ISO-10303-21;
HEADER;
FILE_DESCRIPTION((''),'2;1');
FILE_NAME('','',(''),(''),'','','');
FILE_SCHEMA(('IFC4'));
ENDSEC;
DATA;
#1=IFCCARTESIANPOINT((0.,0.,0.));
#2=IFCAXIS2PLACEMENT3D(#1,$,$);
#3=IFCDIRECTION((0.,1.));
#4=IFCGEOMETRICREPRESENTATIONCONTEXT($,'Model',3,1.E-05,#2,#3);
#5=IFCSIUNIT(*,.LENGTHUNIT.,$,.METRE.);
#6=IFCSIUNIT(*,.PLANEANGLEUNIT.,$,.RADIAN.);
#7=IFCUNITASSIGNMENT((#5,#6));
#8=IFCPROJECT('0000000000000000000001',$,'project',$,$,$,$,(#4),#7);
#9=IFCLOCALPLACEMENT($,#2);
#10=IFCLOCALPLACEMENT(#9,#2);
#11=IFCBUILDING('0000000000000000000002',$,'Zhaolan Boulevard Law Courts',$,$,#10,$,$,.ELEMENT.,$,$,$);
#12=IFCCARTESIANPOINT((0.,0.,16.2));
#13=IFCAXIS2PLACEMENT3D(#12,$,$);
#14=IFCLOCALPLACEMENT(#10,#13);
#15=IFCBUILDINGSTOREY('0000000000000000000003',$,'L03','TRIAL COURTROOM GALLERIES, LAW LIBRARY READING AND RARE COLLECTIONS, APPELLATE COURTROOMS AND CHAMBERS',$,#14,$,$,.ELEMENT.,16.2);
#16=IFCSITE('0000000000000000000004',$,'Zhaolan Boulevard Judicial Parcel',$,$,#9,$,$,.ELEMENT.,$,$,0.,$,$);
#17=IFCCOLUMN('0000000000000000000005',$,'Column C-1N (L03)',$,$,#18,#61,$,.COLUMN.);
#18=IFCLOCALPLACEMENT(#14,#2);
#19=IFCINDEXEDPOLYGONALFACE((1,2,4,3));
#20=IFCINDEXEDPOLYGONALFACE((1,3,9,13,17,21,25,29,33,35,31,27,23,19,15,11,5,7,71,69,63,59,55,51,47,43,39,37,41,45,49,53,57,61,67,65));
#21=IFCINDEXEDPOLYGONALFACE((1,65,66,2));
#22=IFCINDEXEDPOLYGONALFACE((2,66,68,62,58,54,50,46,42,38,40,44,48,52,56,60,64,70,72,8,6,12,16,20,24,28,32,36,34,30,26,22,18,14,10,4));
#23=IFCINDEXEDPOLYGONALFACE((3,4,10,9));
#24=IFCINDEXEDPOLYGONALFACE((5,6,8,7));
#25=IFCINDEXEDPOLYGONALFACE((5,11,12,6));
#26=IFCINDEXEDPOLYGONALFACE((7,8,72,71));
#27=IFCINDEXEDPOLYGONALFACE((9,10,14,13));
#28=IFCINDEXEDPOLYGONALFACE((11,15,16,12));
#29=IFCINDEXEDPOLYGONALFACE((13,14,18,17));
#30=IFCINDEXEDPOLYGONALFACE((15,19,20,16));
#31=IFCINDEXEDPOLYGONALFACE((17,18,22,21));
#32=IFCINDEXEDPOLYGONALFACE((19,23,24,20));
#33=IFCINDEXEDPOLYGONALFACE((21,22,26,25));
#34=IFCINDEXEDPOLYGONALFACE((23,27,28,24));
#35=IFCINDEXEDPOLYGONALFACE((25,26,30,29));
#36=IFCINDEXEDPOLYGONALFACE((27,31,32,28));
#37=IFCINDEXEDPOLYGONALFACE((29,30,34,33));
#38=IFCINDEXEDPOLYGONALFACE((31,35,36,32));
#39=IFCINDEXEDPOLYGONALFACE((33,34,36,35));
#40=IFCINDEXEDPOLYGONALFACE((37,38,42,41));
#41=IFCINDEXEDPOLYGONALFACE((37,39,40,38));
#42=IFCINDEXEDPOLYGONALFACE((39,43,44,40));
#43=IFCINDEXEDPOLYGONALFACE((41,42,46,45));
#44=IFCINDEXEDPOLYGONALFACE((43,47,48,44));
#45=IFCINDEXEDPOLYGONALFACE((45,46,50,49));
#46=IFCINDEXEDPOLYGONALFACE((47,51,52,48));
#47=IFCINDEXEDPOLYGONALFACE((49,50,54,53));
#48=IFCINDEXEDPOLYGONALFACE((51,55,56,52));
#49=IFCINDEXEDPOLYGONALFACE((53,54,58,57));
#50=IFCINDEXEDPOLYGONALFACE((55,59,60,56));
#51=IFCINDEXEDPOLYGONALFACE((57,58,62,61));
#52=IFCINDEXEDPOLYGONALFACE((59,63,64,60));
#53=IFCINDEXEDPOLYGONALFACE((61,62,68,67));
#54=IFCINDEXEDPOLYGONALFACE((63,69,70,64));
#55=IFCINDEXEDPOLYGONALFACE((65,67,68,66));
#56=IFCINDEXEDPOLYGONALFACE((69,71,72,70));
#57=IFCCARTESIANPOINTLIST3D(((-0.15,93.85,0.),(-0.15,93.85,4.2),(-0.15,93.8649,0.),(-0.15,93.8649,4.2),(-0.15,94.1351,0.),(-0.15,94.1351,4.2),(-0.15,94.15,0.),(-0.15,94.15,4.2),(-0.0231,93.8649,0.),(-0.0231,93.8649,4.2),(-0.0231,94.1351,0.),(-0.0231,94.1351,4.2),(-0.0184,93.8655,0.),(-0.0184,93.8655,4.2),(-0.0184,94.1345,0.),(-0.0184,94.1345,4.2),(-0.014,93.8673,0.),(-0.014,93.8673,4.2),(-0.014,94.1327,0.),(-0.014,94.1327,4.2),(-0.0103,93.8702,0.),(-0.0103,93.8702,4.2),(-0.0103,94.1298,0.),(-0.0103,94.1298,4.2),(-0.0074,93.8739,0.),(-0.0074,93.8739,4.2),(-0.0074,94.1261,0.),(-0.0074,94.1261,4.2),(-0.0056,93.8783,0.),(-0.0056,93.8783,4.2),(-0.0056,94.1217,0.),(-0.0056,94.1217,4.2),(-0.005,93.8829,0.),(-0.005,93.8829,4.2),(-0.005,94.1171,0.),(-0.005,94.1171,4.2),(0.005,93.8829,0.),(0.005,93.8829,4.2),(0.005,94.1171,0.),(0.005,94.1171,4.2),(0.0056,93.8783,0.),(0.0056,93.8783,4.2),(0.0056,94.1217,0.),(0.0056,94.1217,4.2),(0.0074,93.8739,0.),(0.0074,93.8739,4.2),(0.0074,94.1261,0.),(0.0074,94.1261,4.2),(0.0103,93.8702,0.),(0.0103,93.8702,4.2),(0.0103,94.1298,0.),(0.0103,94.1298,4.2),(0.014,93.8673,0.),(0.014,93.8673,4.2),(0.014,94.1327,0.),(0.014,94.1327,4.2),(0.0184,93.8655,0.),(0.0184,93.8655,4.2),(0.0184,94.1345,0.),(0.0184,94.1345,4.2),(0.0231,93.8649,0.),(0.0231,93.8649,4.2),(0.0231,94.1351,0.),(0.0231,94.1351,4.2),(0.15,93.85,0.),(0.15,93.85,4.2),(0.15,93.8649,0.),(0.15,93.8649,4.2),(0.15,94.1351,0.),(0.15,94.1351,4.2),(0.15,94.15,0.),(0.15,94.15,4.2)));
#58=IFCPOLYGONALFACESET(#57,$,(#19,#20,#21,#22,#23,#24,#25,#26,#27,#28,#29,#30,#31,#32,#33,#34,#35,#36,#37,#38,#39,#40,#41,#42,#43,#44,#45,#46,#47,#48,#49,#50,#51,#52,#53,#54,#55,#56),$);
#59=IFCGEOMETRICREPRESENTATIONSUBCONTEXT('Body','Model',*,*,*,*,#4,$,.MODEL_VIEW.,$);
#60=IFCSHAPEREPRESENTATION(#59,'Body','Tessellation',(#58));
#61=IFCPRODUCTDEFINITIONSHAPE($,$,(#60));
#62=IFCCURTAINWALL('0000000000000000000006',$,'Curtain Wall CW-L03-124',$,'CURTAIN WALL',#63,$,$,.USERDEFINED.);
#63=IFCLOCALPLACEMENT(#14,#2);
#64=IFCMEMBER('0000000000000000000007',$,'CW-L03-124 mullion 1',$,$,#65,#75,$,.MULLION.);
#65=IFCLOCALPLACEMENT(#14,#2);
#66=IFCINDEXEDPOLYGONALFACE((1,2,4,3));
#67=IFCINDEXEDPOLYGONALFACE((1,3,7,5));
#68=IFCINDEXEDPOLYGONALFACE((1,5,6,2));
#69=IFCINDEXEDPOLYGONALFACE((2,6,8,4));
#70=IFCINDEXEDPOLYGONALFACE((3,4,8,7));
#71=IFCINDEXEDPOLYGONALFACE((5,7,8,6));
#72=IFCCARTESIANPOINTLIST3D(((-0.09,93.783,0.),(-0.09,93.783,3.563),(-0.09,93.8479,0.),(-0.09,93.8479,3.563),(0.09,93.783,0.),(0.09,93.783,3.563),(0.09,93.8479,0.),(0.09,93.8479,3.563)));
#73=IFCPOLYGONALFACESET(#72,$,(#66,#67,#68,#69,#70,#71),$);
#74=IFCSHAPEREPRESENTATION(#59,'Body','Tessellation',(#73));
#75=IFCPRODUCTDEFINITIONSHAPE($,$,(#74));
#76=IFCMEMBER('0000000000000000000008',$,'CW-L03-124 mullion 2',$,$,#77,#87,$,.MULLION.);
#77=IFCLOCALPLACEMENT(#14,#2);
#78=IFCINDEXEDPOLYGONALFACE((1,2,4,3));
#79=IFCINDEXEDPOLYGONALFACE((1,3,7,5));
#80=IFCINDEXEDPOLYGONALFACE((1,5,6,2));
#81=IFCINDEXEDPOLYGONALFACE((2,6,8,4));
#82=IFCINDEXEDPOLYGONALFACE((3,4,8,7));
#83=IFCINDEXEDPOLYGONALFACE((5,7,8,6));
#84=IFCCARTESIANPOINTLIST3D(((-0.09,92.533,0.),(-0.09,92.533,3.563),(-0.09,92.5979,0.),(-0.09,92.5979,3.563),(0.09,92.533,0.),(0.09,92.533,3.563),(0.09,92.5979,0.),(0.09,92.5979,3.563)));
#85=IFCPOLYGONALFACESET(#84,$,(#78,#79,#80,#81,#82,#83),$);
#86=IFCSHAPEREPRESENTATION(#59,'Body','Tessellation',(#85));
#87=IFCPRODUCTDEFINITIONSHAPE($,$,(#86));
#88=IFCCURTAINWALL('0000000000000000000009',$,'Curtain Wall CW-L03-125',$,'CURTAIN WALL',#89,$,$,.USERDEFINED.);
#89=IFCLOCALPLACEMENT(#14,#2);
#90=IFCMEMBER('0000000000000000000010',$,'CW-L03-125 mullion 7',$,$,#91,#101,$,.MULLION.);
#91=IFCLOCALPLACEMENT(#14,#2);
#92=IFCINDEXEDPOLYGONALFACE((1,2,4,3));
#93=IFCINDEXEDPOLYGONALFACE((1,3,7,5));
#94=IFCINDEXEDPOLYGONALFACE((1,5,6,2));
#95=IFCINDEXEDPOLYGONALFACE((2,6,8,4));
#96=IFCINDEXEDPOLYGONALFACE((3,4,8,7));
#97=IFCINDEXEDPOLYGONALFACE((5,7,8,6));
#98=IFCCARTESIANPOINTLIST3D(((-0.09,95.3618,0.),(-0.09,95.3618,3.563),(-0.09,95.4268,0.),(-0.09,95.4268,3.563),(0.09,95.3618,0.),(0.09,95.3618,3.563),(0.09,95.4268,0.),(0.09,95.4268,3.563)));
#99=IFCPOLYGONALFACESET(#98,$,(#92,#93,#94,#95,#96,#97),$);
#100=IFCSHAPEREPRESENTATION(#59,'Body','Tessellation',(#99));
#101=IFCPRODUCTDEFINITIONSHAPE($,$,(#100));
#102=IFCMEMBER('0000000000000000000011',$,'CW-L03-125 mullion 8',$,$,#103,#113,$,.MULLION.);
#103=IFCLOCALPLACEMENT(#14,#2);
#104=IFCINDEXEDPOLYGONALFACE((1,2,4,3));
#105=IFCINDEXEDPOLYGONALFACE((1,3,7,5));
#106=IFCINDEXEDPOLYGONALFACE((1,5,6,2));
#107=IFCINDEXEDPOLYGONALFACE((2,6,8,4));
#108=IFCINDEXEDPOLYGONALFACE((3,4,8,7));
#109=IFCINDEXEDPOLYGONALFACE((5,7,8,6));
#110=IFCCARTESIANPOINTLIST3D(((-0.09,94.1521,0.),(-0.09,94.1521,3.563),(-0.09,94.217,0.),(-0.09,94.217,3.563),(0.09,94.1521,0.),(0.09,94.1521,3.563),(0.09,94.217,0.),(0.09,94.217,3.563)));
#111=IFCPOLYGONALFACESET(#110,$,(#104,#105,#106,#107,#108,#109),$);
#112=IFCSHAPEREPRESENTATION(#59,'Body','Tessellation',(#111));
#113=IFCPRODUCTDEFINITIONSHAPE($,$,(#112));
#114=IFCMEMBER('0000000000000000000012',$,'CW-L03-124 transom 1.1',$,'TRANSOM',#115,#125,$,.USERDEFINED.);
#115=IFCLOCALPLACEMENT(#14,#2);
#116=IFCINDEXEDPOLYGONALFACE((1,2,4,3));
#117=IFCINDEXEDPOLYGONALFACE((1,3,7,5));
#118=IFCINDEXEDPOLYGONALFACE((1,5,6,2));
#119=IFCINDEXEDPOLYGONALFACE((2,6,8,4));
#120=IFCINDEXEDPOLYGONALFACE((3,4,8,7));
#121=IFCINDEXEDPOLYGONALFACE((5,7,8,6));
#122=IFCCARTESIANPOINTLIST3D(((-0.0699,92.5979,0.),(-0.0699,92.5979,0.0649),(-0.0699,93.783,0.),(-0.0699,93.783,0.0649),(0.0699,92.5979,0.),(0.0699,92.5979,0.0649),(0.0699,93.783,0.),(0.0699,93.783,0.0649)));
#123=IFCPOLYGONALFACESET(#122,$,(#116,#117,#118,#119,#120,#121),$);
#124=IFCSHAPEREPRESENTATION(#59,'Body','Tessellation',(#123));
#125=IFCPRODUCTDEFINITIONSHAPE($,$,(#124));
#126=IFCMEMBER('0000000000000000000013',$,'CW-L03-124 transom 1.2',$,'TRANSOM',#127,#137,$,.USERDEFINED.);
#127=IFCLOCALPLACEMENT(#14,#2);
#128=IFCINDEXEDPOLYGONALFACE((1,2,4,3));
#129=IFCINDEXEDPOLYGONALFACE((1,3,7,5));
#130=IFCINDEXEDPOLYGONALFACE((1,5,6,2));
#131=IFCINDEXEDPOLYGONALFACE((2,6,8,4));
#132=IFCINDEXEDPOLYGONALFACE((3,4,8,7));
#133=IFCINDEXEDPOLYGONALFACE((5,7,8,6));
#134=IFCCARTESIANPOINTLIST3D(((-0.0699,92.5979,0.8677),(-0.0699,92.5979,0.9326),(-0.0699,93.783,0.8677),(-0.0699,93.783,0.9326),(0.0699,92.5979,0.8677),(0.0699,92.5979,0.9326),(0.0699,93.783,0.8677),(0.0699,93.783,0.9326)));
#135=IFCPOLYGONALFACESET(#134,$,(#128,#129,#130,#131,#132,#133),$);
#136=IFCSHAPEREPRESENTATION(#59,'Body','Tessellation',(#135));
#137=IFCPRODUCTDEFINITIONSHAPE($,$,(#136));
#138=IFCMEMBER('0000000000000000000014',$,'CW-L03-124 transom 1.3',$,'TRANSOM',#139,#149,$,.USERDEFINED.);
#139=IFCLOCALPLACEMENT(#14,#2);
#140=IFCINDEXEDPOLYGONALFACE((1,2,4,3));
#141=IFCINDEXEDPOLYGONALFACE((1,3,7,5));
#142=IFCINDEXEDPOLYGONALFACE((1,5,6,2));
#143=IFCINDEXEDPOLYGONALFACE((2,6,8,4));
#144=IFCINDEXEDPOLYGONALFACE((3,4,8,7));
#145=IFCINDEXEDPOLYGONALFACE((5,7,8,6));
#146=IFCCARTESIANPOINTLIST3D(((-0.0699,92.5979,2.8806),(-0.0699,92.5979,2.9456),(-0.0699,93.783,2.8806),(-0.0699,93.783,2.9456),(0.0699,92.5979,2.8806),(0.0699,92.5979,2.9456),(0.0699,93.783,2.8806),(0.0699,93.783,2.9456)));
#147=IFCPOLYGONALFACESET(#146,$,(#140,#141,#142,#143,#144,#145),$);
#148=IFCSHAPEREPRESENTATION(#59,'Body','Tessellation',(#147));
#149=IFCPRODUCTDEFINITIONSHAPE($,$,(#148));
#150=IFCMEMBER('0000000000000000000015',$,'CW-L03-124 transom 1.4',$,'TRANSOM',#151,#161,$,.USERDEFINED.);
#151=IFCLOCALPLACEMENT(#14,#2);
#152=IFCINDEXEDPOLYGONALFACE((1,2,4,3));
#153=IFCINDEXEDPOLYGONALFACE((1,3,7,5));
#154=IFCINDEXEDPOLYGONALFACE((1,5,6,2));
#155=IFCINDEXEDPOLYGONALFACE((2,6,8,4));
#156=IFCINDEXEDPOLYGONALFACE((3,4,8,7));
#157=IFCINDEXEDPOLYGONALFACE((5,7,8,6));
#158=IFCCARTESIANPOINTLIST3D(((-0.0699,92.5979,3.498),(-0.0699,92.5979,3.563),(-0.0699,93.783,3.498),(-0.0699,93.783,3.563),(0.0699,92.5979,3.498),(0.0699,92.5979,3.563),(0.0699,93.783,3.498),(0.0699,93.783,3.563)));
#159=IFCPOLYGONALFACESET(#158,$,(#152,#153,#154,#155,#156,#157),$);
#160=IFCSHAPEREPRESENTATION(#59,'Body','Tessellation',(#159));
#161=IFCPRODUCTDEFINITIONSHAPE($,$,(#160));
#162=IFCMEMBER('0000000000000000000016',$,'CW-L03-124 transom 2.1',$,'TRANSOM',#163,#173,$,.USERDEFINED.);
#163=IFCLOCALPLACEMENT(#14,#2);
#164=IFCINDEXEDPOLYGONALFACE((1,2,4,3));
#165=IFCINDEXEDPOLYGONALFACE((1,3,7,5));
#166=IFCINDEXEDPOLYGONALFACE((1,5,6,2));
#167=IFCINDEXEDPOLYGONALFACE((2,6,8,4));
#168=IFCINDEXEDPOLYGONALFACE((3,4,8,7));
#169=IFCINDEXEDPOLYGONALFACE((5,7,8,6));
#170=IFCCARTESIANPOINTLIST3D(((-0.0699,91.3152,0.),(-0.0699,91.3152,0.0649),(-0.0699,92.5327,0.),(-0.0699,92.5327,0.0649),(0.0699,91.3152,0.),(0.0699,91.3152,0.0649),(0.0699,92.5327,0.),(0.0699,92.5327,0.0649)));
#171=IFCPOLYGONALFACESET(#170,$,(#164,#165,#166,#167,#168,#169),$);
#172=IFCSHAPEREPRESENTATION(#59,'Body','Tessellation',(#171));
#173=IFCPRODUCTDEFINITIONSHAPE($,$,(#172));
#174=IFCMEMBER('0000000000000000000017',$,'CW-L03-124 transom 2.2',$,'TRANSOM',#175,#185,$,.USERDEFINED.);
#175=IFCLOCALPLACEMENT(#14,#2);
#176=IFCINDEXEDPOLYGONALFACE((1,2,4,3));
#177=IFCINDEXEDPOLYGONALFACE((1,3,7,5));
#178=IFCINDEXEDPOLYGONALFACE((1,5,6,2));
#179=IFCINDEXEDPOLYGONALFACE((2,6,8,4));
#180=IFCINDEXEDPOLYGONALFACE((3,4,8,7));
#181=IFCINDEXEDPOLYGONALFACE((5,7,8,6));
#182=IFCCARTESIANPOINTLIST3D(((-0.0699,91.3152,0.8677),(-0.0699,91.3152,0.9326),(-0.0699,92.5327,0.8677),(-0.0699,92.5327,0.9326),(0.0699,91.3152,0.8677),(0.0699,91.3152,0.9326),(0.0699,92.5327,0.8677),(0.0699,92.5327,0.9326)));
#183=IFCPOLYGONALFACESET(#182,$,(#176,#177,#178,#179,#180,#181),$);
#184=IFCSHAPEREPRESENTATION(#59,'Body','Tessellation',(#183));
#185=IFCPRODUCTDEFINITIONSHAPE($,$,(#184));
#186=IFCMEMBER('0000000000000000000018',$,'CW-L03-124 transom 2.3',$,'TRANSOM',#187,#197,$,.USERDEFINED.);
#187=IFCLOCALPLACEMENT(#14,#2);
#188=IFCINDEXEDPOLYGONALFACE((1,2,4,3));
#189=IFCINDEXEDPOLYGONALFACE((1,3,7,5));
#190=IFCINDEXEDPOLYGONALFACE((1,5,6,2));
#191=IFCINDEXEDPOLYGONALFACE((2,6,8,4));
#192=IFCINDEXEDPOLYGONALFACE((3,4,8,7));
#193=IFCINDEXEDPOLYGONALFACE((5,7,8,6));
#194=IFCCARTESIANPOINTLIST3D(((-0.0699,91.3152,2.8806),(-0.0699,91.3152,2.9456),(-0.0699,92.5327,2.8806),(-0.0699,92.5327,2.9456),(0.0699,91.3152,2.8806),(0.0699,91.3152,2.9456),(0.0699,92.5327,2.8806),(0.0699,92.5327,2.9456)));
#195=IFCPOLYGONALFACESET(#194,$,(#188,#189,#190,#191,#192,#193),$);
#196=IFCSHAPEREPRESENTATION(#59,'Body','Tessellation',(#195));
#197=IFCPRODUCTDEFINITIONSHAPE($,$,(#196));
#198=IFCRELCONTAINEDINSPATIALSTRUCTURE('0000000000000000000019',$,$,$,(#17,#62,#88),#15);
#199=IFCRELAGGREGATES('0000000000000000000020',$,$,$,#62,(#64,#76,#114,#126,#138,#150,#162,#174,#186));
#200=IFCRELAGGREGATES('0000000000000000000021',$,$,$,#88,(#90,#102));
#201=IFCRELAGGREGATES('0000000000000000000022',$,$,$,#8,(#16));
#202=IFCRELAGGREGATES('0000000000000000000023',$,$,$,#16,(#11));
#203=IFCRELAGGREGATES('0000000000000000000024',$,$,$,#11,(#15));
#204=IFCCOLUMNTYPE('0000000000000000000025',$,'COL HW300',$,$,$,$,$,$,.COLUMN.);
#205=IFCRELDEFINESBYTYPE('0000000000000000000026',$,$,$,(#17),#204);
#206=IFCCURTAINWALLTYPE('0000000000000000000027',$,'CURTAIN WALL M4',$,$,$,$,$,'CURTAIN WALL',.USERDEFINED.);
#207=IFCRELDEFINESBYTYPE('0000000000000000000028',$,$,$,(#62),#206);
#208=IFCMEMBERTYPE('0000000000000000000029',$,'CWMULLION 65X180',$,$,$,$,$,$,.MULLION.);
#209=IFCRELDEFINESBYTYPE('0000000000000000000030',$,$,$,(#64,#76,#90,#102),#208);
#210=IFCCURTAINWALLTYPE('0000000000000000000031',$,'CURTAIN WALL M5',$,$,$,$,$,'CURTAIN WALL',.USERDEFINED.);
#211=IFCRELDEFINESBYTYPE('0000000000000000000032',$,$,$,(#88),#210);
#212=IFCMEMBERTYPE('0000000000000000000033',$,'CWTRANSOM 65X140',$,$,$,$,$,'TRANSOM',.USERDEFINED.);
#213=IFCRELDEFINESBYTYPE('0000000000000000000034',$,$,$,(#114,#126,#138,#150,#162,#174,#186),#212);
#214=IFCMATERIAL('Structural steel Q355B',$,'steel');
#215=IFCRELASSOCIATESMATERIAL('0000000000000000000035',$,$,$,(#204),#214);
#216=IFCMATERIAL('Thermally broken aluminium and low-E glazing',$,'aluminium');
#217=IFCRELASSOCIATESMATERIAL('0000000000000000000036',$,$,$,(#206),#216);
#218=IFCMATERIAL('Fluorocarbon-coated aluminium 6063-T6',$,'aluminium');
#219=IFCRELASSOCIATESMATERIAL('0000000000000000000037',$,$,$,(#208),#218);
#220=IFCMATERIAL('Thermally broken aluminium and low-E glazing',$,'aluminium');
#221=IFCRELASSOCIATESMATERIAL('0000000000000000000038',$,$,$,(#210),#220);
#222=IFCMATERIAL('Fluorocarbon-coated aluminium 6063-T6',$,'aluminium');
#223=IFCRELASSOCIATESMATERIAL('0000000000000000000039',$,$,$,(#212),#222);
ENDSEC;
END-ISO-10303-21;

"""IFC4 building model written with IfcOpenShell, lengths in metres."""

from ifc_helpers import new_model, si_unit, direction, frame, origin, origin_2d, place, context, subcontext, project, spatial, rectangle, i_section, extrude, material, material_profile, profile_set, type_object, element, aggregate, save


model = new_model("IFC4")

# Units and contexts
model_context = context("Model", 3, precision=1e-05, world=origin(), true_north=direction((0.0, 1.0)))
body_context = subcontext(model_context, "Body", "Model", "MODEL_VIEW")
ifc_project = project(units=[si_unit("LENGTHUNIT", "METRE"), si_unit("PLANEANGLEUNIT", "RADIAN")], contexts=[model_context])

# Site, building, storey
site_placement = place(None, origin())
site = spatial("IfcSite", under=ifc_project, at=site_placement, Name="Zhaolan Boulevard Judicial Parcel", CompositionType="ELEMENT", RefElevation=0.0)
building_placement = place(site_placement, origin())
building = spatial("IfcBuilding", under=site, at=building_placement, Name="Zhaolan Boulevard Law Courts", CompositionType="ELEMENT")
storey_placement = place(building_placement, frame((0.0, 0.0, 16.2)))
storey = spatial("IfcBuildingStorey", under=building, at=storey_placement, Name="L03", Description="TRIAL COURTROOM GALLERIES, LAW LIBRARY READING AND RARE COLLECTIONS, APPELLATE COURTROOMS AND CHAMBERS", CompositionType="ELEMENT", Elevation=16.2)

# Column
ifc_material_1 = material(Name="Structural steel Q355B", Category="steel")
ifc_material_profile_1 = material_profile(ifc_material_1, i_section(OverallWidth=0.3, OverallDepth=0.3, WebThickness=0.01, FlangeThickness=0.0149, FilletRadius=0.0181, at=origin_2d()), Name="HW300x300")
ifc_profile_set_1 = profile_set([ifc_material_profile_1], Name="Structural steel Q355B")
column_type = type_object("IfcColumnType", Name="COL HW300", PredefinedType="COLUMN", material=ifc_profile_set_1)
column_placement = place(storey_placement, frame((0.0, 94.0, 0.0), z_axis=(0.0, 0.0, 1.0), x_axis=(1.0, 0.0, 0.0)))
element("IfcColumn", 1, at=column_placement, inside=storey, type_object=column_type, Name="Column C-1N (L03)", PredefinedType="COLUMN", context=body_context, shape_type="SweptSolid", body=[
    extrude(i_section(OverallWidth=0.3, OverallDepth=0.3, WebThickness=0.01, FlangeThickness=0.0149, FilletRadius=0.0181, at=origin_2d()), origin(), (0.0, 0.0, 1.0), 4.2),
])

# Curtain walls, members
ifc_material_2 = material(Name="Thermally broken aluminium and low-E glazing", Category="aluminium")
curtain_wall_type_1 = type_object("IfcCurtainWallType", Name="CURTAIN WALL M4", ElementType="CURTAIN WALL", PredefinedType="USERDEFINED", material=ifc_material_2)
curtain_wall_1_placement = place(storey_placement, origin())
curtain_wall_1 = element("IfcCurtainWall", 2, at=curtain_wall_1_placement, inside=storey, type_object=curtain_wall_type_1, Name="Curtain Wall CW-L03-124", ObjectType="CURTAIN WALL", PredefinedType="USERDEFINED")
ifc_material_3 = material(Name="Fluorocarbon-coated aluminium 6063-T6", Category="aluminium")
ifc_material_profile_2 = material_profile(ifc_material_3, rectangle(XDim=0.1799, YDim=0.0649, at=origin_2d()), Name="AL65x180")
ifc_profile_set_2 = profile_set([ifc_material_profile_2], Name="Fluorocarbon-coated aluminium 6063-T6")
member_type_1 = type_object("IfcMemberType", Name="CWMULLION 65X180", PredefinedType="MULLION", material=ifc_profile_set_2)
member_1_placement = place(storey_placement, frame((0.0, 93.8154, 0.0), z_axis=(0.0, 0.0, 1.0), x_axis=(1.0, 0.0, 0.0)))
member_1 = element("IfcMember", 3, at=member_1_placement, type_object=member_type_1, Name="CW-L03-124 mullion 1", PredefinedType="MULLION", context=body_context, shape_type="SweptSolid", body=[
    extrude(rectangle(XDim=0.1799, YDim=0.0649, at=origin_2d()), origin(), (0.0, 0.0, 1.0), 3.563),
])
member_2_placement = place(storey_placement, frame((0.0, 92.5654, 0.0), z_axis=(0.0, 0.0, 1.0), x_axis=(1.0, 0.0, 0.0)))
member_2 = element("IfcMember", 4, at=member_2_placement, type_object=member_type_1, Name="CW-L03-124 mullion 2", PredefinedType="MULLION", context=body_context, shape_type="SweptSolid", body=[
    extrude(rectangle(XDim=0.1799, YDim=0.0649, at=origin_2d()), origin(), (0.0, 0.0, 1.0), 3.563),
])
ifc_material_4 = material(Name="Thermally broken aluminium and low-E glazing", Category="aluminium")
curtain_wall_type_2 = type_object("IfcCurtainWallType", Name="CURTAIN WALL M5", ElementType="CURTAIN WALL", PredefinedType="USERDEFINED", material=ifc_material_4)
curtain_wall_2_placement = place(storey_placement, origin())
curtain_wall_2 = element("IfcCurtainWall", 5, at=curtain_wall_2_placement, inside=storey, type_object=curtain_wall_type_2, Name="Curtain Wall CW-L03-125", ObjectType="CURTAIN WALL", PredefinedType="USERDEFINED")
member_3_placement = place(storey_placement, frame((0.0, 95.3943, 0.0), z_axis=(0.0, 0.0, 1.0), x_axis=(1.0, 0.0, 0.0)))
member_3 = element("IfcMember", 6, at=member_3_placement, type_object=member_type_1, Name="CW-L03-125 mullion 7", PredefinedType="MULLION", context=body_context, shape_type="SweptSolid", body=[
    extrude(rectangle(XDim=0.1799, YDim=0.0649, at=origin_2d()), origin(), (0.0, 0.0, 1.0), 3.563),
])
member_4_placement = place(storey_placement, frame((0.0, 94.1846, 0.0), z_axis=(0.0, 0.0, 1.0), x_axis=(1.0, 0.0, 0.0)))
member_4 = element("IfcMember", 7, at=member_4_placement, type_object=member_type_1, Name="CW-L03-125 mullion 8", PredefinedType="MULLION", context=body_context, shape_type="SweptSolid", body=[
    extrude(rectangle(XDim=0.1799, YDim=0.0649, at=origin_2d()), origin(), (0.0, 0.0, 1.0), 3.563),
])

# Members
ifc_material_5 = material(Name="Fluorocarbon-coated aluminium 6063-T6", Category="aluminium")
ifc_material_profile_3 = material_profile(ifc_material_5, rectangle(XDim=0.1399, YDim=0.0649, at=origin_2d()), Name="AL65x140")
ifc_profile_set_3 = profile_set([ifc_material_profile_3], Name="Fluorocarbon-coated aluminium 6063-T6")
member_type_2 = type_object("IfcMemberType", Name="CWTRANSOM 65X140", ElementType="TRANSOM", PredefinedType="USERDEFINED", material=ifc_profile_set_3)
member_5_placement = place(storey_placement, frame((0.0, 93.783, 0.0325), z_axis=(0.0, -1.0, 0.0), x_axis=(1.0, 0.0, 0.0)))
member_5 = element("IfcMember", 8, at=member_5_placement, type_object=member_type_2, Name="CW-L03-124 transom 1.1", ObjectType="TRANSOM", PredefinedType="USERDEFINED", context=body_context, shape_type="SweptSolid", body=[
    extrude(rectangle(XDim=0.1399, YDim=0.0649, at=origin_2d()), origin(), (0.0, 0.0, 1.0), 1.1851),
])
member_6_placement = place(storey_placement, frame((0.0, 93.783, 0.9001), z_axis=(0.0, -1.0, 0.0), x_axis=(1.0, 0.0, 0.0)))
member_6 = element("IfcMember", 9, at=member_6_placement, type_object=member_type_2, Name="CW-L03-124 transom 1.2", ObjectType="TRANSOM", PredefinedType="USERDEFINED", context=body_context, shape_type="SweptSolid", body=[
    extrude(rectangle(XDim=0.1399, YDim=0.0649, at=origin_2d()), origin(), (0.0, 0.0, 1.0), 1.1851),
])
member_7_placement = place(storey_placement, frame((0.0, 93.783, 2.9131), z_axis=(0.0, -1.0, 0.0), x_axis=(1.0, 0.0, 0.0)))
member_7 = element("IfcMember", 10, at=member_7_placement, type_object=member_type_2, Name="CW-L03-124 transom 1.3", ObjectType="TRANSOM", PredefinedType="USERDEFINED", context=body_context, shape_type="SweptSolid", body=[
    extrude(rectangle(XDim=0.1399, YDim=0.0649, at=origin_2d()), origin(), (0.0, 0.0, 1.0), 1.1851),
])
member_8_placement = place(storey_placement, frame((0.0, 93.783, 3.5305), z_axis=(0.0, -1.0, 0.0), x_axis=(1.0, 0.0, 0.0)))
member_8 = element("IfcMember", 11, at=member_8_placement, type_object=member_type_2, Name="CW-L03-124 transom 1.4", ObjectType="TRANSOM", PredefinedType="USERDEFINED", context=body_context, shape_type="SweptSolid", body=[
    extrude(rectangle(XDim=0.1399, YDim=0.0649, at=origin_2d()), origin(), (0.0, 0.0, 1.0), 1.1851),
])
member_9_placement = place(storey_placement, frame((0.0, 92.5327, 0.0325), z_axis=(0.0, -1.0, 0.0), x_axis=(1.0, 0.0, 0.0)))
member_9 = element("IfcMember", 12, at=member_9_placement, type_object=member_type_2, Name="CW-L03-124 transom 2.1", ObjectType="TRANSOM", PredefinedType="USERDEFINED", context=body_context, shape_type="SweptSolid", body=[
    extrude(rectangle(XDim=0.1399, YDim=0.0649, at=origin_2d()), origin(), (0.0, 0.0, 1.0), 1.2175),
])
member_10_placement = place(storey_placement, frame((0.0, 92.5327, 0.9001), z_axis=(0.0, -1.0, 0.0), x_axis=(1.0, 0.0, 0.0)))
member_10 = element("IfcMember", 13, at=member_10_placement, type_object=member_type_2, Name="CW-L03-124 transom 2.2", ObjectType="TRANSOM", PredefinedType="USERDEFINED", context=body_context, shape_type="SweptSolid", body=[
    extrude(rectangle(XDim=0.1399, YDim=0.0649, at=origin_2d()), origin(), (0.0, 0.0, 1.0), 1.2175),
])
member_11_placement = place(storey_placement, frame((0.0, 92.5327, 2.9131), z_axis=(0.0, -1.0, 0.0), x_axis=(1.0, 0.0, 0.0)))
member_11 = element("IfcMember", 14, at=member_11_placement, type_object=member_type_2, Name="CW-L03-124 transom 2.3", ObjectType="TRANSOM", PredefinedType="USERDEFINED", context=body_context, shape_type="SweptSolid", body=[
    extrude(rectangle(XDim=0.1399, YDim=0.0649, at=origin_2d()), origin(), (0.0, 0.0, 1.0), 1.2175),
])

aggregate(curtain_wall_1, [member_1, member_2, member_5, member_6, member_7, member_8, member_9, member_10, member_11])
aggregate(curtain_wall_2, [member_3, member_4])

save(model, "model.ifc")
